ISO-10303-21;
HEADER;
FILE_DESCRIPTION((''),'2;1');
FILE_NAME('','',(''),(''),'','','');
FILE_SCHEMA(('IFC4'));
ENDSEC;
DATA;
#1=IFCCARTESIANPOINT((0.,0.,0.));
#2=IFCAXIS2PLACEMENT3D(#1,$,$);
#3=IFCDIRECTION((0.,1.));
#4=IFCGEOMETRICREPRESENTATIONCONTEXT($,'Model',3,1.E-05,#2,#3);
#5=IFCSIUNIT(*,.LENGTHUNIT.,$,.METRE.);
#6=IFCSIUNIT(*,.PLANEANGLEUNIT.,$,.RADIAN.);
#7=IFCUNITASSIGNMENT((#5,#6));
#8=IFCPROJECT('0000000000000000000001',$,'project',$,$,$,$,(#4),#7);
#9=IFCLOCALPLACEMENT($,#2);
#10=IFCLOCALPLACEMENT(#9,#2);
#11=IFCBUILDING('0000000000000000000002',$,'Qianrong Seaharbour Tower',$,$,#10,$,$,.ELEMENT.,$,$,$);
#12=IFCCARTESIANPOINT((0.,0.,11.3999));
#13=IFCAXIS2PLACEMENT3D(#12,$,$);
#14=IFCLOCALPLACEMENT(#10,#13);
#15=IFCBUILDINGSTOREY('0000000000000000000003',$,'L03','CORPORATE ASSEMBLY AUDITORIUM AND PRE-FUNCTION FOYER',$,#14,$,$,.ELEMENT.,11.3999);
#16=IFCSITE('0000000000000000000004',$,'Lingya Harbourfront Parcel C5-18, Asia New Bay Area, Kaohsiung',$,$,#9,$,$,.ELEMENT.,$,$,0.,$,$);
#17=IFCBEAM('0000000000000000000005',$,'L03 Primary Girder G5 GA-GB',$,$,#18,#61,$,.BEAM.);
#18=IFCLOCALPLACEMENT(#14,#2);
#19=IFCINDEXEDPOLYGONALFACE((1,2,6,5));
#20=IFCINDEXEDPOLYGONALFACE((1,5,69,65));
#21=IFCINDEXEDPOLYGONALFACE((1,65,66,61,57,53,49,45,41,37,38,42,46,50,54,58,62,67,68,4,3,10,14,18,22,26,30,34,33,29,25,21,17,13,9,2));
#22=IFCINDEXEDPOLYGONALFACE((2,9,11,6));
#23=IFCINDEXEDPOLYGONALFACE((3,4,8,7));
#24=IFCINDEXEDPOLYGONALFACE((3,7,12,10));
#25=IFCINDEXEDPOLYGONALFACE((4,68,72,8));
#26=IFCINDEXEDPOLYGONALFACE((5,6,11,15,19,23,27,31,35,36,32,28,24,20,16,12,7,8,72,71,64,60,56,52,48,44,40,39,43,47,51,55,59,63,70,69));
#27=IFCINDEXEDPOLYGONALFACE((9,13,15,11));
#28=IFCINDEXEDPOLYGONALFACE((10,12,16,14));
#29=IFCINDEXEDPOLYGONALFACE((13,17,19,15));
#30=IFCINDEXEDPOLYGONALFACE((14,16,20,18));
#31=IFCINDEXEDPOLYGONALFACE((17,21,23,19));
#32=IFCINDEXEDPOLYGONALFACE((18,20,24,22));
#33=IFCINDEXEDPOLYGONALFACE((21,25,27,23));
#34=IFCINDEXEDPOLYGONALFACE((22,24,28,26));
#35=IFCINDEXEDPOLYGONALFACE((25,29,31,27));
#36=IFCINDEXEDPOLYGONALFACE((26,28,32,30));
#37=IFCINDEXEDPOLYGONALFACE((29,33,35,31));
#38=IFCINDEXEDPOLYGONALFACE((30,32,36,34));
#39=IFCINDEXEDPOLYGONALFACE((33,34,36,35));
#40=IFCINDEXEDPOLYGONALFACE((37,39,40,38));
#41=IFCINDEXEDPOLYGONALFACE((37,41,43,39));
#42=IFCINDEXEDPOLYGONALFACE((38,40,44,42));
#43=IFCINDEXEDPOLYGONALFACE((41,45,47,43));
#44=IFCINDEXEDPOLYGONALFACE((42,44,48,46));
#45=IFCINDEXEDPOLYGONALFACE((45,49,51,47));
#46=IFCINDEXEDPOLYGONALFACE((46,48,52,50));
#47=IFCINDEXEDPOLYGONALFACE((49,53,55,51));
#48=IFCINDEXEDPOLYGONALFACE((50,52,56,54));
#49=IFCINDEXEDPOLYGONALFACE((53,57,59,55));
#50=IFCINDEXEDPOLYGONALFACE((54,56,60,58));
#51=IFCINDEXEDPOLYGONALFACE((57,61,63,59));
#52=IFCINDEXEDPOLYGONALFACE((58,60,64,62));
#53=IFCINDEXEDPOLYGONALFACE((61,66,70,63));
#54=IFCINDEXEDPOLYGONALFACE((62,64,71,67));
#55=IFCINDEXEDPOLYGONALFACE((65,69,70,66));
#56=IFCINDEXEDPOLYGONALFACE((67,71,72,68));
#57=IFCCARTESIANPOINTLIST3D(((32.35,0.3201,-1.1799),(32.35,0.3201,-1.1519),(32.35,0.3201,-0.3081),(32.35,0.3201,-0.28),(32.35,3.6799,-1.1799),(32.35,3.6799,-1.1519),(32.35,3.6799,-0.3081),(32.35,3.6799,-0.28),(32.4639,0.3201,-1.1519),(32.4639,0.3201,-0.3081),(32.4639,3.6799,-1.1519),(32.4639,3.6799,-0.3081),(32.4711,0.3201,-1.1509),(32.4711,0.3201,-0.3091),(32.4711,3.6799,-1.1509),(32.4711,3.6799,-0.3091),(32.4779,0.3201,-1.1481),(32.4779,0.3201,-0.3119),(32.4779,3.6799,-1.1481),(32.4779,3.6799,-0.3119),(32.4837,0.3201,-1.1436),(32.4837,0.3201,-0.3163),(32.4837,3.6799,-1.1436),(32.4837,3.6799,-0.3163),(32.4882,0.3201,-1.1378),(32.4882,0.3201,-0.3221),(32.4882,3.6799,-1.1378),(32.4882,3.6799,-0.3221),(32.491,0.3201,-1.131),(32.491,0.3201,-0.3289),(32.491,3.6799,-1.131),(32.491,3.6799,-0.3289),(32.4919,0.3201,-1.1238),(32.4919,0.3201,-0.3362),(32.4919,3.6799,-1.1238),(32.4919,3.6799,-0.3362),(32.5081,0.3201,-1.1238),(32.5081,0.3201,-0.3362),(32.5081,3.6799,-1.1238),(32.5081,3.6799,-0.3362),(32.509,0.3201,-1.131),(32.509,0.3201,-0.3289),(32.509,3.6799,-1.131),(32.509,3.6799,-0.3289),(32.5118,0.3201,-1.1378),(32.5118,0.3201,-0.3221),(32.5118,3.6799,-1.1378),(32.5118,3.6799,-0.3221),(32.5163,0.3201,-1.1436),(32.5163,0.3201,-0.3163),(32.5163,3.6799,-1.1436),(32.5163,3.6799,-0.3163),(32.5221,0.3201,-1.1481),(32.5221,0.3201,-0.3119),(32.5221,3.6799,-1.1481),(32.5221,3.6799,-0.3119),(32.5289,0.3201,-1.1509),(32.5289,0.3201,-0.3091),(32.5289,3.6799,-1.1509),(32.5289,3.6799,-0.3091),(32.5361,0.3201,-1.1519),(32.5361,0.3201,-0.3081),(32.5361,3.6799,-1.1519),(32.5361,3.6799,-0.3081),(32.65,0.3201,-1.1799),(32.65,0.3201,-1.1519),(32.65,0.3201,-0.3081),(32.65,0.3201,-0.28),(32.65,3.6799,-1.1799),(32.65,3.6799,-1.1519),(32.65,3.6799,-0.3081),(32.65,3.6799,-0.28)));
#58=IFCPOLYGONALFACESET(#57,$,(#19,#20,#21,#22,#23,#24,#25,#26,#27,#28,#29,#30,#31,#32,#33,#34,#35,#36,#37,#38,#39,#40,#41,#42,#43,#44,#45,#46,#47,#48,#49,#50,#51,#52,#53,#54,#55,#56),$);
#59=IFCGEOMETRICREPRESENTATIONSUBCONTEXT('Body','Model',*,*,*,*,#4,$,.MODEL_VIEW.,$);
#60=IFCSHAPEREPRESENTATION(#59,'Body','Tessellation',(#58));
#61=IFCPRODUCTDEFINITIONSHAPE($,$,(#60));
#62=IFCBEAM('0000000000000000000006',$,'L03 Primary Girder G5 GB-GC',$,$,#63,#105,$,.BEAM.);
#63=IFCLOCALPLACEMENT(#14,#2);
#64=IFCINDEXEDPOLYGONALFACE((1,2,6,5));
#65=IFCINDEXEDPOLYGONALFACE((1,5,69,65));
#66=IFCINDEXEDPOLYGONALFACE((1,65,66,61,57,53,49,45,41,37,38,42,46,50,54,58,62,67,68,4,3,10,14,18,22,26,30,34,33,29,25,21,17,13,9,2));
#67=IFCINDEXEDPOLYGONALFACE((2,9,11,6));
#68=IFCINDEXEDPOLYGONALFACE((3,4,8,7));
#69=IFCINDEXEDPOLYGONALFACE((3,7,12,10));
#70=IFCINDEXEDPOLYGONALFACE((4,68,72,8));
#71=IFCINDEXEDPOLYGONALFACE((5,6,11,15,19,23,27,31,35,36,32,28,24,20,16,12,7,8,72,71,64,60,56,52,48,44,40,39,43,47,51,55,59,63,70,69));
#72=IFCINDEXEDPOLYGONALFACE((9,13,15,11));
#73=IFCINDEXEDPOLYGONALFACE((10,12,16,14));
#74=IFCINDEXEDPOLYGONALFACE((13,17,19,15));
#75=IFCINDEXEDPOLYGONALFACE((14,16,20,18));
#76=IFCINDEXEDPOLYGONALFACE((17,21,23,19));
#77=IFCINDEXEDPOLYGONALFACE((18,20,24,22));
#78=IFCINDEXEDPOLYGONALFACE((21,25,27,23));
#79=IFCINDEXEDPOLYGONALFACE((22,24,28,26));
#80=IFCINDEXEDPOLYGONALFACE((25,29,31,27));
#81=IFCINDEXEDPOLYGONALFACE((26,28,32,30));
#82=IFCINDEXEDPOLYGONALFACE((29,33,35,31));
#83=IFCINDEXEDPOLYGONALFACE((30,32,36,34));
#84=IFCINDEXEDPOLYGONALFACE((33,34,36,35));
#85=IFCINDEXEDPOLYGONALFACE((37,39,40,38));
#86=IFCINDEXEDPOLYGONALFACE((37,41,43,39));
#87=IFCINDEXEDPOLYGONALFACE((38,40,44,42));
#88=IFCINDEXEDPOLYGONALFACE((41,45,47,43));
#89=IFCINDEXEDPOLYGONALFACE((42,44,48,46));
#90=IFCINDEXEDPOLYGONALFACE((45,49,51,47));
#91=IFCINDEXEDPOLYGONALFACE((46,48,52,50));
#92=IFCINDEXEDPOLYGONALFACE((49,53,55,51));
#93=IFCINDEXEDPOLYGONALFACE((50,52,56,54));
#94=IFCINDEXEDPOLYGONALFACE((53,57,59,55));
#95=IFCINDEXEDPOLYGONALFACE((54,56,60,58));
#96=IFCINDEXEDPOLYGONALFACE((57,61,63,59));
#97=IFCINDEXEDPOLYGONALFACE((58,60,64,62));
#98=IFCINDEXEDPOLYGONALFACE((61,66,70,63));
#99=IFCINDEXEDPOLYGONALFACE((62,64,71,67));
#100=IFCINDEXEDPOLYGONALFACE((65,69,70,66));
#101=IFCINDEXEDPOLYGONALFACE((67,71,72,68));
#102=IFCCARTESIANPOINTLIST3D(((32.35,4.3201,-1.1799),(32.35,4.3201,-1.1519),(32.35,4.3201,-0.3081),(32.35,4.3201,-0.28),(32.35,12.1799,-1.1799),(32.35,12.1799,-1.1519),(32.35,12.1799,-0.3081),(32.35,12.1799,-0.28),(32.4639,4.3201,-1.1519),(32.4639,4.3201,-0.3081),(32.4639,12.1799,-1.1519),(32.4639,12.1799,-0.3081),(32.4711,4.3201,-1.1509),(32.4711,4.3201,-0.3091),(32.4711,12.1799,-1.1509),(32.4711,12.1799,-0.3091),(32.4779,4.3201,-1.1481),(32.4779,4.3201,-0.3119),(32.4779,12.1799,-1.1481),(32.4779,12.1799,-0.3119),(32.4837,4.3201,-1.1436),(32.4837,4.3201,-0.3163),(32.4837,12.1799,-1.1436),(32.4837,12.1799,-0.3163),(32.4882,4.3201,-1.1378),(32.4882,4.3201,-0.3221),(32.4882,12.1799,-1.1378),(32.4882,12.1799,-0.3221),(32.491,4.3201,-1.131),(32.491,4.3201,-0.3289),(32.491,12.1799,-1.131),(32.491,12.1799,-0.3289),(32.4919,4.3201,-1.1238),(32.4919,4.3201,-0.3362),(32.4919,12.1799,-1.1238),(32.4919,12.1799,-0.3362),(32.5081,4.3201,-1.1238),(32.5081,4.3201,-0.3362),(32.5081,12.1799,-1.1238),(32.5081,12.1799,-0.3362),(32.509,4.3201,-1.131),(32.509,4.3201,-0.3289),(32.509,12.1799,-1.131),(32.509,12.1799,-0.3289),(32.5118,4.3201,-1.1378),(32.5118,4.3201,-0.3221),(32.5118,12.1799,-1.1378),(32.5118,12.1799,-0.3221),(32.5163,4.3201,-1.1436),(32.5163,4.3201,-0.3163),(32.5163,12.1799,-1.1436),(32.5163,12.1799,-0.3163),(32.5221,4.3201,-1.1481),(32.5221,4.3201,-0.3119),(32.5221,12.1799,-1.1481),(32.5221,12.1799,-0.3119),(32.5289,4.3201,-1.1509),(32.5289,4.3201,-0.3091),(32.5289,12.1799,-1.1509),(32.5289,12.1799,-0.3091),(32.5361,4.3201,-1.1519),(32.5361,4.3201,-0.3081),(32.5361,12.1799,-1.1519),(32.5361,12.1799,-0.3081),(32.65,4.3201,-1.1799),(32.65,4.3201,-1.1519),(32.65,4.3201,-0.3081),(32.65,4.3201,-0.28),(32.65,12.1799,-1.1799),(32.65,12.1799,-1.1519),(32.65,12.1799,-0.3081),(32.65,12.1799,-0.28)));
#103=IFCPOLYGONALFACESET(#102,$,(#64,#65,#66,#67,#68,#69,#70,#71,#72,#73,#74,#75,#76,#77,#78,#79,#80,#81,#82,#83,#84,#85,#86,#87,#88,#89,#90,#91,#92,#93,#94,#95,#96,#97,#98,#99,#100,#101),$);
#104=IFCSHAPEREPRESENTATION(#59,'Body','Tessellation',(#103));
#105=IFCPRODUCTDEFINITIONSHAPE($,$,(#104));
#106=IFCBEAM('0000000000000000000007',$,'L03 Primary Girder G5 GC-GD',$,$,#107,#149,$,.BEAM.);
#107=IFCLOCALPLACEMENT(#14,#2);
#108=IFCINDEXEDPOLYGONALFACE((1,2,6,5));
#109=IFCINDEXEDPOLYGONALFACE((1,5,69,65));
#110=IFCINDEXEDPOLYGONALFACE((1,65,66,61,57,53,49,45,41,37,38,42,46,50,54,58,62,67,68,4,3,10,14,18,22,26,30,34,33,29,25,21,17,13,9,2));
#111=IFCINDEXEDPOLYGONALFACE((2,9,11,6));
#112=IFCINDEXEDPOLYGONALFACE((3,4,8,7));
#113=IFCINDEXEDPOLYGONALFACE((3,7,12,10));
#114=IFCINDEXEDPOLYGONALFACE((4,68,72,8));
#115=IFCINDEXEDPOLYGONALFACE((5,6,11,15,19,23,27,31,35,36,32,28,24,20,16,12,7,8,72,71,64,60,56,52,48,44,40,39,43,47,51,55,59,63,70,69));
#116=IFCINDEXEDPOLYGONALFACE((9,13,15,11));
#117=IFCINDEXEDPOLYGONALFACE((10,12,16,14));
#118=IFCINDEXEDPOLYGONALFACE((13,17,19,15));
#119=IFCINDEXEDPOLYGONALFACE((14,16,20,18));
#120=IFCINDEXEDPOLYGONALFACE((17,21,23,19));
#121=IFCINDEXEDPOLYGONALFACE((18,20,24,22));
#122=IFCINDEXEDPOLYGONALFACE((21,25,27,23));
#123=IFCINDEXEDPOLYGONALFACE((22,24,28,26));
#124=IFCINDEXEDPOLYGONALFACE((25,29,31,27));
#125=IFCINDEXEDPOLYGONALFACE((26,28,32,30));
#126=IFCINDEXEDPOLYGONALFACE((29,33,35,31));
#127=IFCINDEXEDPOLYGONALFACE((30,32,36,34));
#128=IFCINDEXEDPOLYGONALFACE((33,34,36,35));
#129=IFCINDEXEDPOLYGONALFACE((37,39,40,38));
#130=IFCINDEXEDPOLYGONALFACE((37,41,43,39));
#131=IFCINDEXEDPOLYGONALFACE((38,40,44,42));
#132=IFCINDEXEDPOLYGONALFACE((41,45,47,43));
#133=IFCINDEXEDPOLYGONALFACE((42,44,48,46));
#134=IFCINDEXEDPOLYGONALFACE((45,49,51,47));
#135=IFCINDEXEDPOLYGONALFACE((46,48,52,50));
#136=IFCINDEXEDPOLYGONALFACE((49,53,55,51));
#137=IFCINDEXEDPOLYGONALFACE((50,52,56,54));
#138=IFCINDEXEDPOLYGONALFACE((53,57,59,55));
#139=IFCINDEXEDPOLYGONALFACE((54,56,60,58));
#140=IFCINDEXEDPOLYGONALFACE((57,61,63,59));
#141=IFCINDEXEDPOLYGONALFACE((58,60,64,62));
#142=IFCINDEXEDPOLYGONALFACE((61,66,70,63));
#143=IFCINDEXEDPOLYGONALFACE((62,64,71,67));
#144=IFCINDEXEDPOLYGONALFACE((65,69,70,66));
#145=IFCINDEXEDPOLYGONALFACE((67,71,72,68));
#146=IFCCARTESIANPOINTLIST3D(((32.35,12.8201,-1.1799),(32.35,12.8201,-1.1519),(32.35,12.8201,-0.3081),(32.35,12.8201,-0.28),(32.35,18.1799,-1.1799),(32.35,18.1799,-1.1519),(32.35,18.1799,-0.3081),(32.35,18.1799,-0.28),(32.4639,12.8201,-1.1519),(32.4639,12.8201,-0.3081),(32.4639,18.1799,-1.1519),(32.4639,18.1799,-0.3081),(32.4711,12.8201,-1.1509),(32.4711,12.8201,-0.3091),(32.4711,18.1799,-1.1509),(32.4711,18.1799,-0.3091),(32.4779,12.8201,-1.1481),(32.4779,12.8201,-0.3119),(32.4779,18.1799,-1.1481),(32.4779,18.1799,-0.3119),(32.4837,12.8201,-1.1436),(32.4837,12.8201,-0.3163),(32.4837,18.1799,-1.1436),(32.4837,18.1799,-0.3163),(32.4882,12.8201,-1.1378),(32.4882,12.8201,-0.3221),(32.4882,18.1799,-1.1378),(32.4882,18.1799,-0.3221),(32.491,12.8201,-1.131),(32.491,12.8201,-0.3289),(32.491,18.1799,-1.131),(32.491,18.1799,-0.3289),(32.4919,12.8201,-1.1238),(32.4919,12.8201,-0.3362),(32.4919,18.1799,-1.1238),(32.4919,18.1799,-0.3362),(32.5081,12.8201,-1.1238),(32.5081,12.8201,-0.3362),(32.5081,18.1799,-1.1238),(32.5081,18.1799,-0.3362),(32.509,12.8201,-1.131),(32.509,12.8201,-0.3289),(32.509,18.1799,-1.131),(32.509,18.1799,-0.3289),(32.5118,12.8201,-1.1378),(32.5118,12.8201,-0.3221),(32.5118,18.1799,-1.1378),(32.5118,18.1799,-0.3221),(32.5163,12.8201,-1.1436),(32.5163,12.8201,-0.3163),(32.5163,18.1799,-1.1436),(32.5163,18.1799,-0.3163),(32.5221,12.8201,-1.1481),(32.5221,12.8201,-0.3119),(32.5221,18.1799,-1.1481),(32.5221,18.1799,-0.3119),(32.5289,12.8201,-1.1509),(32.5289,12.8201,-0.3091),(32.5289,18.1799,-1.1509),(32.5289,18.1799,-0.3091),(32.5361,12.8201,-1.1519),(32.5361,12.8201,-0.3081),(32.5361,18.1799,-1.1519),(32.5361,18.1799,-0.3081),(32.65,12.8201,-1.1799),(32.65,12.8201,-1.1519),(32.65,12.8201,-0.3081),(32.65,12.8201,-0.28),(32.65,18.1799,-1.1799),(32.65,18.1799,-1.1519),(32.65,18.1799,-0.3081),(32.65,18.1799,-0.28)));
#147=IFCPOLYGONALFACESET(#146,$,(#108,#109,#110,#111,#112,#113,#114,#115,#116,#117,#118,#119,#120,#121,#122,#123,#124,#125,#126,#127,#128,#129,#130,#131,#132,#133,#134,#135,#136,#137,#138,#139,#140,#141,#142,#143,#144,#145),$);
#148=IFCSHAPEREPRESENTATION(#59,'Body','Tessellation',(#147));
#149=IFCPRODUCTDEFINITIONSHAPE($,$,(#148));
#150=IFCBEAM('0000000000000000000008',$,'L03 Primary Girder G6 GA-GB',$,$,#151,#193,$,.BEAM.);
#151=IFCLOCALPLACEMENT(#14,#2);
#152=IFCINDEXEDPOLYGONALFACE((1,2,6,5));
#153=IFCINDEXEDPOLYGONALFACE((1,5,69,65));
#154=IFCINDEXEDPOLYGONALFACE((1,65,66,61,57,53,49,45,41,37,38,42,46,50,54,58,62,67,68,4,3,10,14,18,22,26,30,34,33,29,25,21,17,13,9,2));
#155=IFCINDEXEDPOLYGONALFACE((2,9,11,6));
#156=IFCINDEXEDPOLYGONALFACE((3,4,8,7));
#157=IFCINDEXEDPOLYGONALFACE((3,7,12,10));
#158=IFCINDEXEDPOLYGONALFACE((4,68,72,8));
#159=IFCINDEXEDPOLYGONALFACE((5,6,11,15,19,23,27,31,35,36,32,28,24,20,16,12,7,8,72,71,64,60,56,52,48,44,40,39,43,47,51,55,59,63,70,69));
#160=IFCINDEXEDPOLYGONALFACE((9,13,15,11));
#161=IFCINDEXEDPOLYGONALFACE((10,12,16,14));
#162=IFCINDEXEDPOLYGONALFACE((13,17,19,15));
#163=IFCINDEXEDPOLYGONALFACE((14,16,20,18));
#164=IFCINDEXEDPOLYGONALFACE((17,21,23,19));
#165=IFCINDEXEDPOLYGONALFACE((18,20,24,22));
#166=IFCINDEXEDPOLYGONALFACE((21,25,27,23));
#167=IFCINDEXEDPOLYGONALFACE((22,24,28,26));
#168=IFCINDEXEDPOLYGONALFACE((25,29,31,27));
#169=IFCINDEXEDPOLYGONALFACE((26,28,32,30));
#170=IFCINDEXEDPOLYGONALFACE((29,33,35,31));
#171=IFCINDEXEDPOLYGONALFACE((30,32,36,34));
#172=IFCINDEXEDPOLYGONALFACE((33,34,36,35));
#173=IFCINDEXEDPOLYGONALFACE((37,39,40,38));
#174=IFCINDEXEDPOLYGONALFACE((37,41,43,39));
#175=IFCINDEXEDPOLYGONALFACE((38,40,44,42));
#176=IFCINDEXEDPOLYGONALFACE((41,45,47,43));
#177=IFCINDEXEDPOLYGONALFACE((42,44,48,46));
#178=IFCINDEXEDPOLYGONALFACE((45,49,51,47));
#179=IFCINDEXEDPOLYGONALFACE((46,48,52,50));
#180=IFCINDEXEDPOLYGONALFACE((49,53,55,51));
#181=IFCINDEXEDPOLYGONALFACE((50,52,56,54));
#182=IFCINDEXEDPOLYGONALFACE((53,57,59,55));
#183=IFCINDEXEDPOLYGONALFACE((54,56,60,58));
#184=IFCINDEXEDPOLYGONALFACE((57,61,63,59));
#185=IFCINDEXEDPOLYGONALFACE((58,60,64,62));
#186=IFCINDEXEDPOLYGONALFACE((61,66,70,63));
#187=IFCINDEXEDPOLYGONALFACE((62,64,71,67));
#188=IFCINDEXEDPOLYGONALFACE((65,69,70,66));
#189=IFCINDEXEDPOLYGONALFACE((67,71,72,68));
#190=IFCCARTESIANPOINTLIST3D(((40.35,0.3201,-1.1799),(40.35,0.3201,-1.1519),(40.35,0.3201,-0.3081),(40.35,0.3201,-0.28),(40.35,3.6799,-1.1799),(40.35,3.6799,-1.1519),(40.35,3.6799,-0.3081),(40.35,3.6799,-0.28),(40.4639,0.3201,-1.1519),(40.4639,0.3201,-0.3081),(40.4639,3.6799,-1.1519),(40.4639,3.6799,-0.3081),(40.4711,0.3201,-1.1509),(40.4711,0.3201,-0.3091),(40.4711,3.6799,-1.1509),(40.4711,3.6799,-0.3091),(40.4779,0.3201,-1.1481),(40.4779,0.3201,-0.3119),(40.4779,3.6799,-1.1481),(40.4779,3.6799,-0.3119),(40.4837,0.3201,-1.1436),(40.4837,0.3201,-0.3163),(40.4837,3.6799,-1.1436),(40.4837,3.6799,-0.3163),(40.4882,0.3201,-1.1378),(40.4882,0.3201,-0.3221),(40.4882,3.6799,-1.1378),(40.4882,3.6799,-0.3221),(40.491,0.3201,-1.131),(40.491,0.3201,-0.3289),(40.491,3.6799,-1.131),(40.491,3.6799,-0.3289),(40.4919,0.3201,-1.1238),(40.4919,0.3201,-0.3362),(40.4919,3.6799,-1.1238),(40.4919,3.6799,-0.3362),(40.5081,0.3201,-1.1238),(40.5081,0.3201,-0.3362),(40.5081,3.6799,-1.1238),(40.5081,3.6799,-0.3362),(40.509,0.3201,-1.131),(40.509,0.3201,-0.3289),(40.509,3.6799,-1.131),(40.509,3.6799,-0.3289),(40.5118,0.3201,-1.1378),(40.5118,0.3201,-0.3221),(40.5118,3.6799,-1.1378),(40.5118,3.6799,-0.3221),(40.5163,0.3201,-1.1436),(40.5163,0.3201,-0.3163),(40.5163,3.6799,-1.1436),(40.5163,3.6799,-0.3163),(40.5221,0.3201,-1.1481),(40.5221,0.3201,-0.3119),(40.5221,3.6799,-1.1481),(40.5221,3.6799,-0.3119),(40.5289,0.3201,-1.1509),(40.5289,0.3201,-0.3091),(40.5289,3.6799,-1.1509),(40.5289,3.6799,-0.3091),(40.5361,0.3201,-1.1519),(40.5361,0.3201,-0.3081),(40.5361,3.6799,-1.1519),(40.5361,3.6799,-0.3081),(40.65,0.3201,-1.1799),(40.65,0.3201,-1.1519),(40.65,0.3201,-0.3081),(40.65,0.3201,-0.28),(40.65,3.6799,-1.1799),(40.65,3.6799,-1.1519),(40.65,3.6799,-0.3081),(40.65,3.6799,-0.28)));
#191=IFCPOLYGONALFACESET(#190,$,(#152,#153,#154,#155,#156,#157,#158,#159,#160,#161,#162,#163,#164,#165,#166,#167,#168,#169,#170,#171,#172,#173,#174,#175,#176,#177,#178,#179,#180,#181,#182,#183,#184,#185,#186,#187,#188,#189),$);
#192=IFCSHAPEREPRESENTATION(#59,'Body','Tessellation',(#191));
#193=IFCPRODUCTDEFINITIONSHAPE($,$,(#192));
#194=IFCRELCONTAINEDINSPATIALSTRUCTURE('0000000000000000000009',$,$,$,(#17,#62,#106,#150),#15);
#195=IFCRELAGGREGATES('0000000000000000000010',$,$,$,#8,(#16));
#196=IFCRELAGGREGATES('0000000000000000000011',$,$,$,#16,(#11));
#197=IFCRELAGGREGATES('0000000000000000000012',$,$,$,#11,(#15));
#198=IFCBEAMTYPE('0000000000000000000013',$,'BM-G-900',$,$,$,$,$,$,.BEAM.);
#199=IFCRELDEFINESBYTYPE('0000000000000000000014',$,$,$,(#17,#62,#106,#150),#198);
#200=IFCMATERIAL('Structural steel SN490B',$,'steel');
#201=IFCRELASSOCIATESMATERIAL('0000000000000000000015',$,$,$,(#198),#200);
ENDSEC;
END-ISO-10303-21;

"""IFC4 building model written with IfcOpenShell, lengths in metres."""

from ifc_helpers import new_model, si_unit, direction, frame, origin, origin_2d, place, context, subcontext, project, spatial, i_section, extrude, material, material_profile, profile_set, type_object, element, save


model = new_model("IFC4")

# Units and contexts
model_context = context("Model", 3, precision=1e-05, world=origin(), true_north=direction((0.0, 1.0)))
body_context = subcontext(model_context, "Body", "Model", "MODEL_VIEW")
ifc_project = project(units=[si_unit("LENGTHUNIT", "METRE"), si_unit("PLANEANGLEUNIT", "RADIAN")], contexts=[model_context])

# Site, building, storey
site_placement = place(None, origin())
site = spatial("IfcSite", under=ifc_project, at=site_placement, Name="Lingya Harbourfront Parcel C5-18, Asia New Bay Area, Kaohsiung", CompositionType="ELEMENT", RefElevation=0.0)
building_placement = place(site_placement, origin())
building = spatial("IfcBuilding", under=site, at=building_placement, Name="Qianrong Seaharbour Tower", CompositionType="ELEMENT")
storey_placement = place(building_placement, frame((0.0, 0.0, 11.3999)))
storey = spatial("IfcBuildingStorey", under=building, at=storey_placement, Name="L03", Description="CORPORATE ASSEMBLY AUDITORIUM AND PRE-FUNCTION FOYER", CompositionType="ELEMENT", Elevation=11.3999)

# Beams
ifc_material_1 = material(Name="Structural steel SN490B", Category="steel")
ifc_material_profile_1 = material_profile(ifc_material_1, i_section(OverallWidth=0.3, OverallDepth=0.8999, WebThickness=0.0161, FlangeThickness=0.0281, FilletRadius=0.0281, at=origin_2d()), Name="H900x300x16x28")
ifc_profile_set_1 = profile_set([ifc_material_profile_1], Name="Structural steel SN490B")
beam_type_1 = type_object("IfcBeamType", Name="BM-G-900", PredefinedType="BEAM", material=ifc_profile_set_1)
beam_1_placement = place(storey_placement, frame((32.5, 0.3201, -0.73), z_axis=(0.0, 1.0, 0.0), x_axis=(-1.0, 0.0, 0.0)))
element("IfcBeam", 1, at=beam_1_placement, inside=storey, type_object=beam_type_1, Name="L03 Primary Girder G5 GA-GB", PredefinedType="BEAM", context=body_context, shape_type="SweptSolid", body=[
    extrude(i_section(OverallWidth=0.3, OverallDepth=0.8999, WebThickness=0.0161, FlangeThickness=0.0281, FilletRadius=0.0281, at=origin_2d()), origin(), (0.0, 0.0, 1.0), 3.3599),
])
beam_2_placement = place(storey_placement, frame((32.5, 4.3201, -0.73), z_axis=(0.0, 1.0, 0.0), x_axis=(-1.0, 0.0, 0.0)))
element("IfcBeam", 2, at=beam_2_placement, inside=storey, type_object=beam_type_1, Name="L03 Primary Girder G5 GB-GC", PredefinedType="BEAM", context=body_context, shape_type="SweptSolid", body=[
    extrude(i_section(OverallWidth=0.3, OverallDepth=0.8999, WebThickness=0.0161, FlangeThickness=0.0281, FilletRadius=0.0281, at=origin_2d()), origin(), (0.0, 0.0, 1.0), 7.8599),
])
beam_3_placement = place(storey_placement, frame((32.5, 12.8201, -0.73), z_axis=(0.0, 1.0, 0.0), x_axis=(-1.0, 0.0, 0.0)))
element("IfcBeam", 3, at=beam_3_placement, inside=storey, type_object=beam_type_1, Name="L03 Primary Girder G5 GC-GD", PredefinedType="BEAM", context=body_context, shape_type="SweptSolid", body=[
    extrude(i_section(OverallWidth=0.3, OverallDepth=0.8999, WebThickness=0.0161, FlangeThickness=0.0281, FilletRadius=0.0281, at=origin_2d()), origin(), (0.0, 0.0, 1.0), 5.3599),
])
beam_4_placement = place(storey_placement, frame((40.5, 0.3201, -0.73), z_axis=(0.0, 1.0, 0.0), x_axis=(-1.0, 0.0, 0.0)))
element("IfcBeam", 4, at=beam_4_placement, inside=storey, type_object=beam_type_1, Name="L03 Primary Girder G6 GA-GB", PredefinedType="BEAM", context=body_context, shape_type="SweptSolid", body=[
    extrude(i_section(OverallWidth=0.3, OverallDepth=0.8999, WebThickness=0.0161, FlangeThickness=0.0281, FilletRadius=0.0281, at=origin_2d()), origin(), (0.0, 0.0, 1.0), 3.3599),
])

save(model, "model.ifc")
